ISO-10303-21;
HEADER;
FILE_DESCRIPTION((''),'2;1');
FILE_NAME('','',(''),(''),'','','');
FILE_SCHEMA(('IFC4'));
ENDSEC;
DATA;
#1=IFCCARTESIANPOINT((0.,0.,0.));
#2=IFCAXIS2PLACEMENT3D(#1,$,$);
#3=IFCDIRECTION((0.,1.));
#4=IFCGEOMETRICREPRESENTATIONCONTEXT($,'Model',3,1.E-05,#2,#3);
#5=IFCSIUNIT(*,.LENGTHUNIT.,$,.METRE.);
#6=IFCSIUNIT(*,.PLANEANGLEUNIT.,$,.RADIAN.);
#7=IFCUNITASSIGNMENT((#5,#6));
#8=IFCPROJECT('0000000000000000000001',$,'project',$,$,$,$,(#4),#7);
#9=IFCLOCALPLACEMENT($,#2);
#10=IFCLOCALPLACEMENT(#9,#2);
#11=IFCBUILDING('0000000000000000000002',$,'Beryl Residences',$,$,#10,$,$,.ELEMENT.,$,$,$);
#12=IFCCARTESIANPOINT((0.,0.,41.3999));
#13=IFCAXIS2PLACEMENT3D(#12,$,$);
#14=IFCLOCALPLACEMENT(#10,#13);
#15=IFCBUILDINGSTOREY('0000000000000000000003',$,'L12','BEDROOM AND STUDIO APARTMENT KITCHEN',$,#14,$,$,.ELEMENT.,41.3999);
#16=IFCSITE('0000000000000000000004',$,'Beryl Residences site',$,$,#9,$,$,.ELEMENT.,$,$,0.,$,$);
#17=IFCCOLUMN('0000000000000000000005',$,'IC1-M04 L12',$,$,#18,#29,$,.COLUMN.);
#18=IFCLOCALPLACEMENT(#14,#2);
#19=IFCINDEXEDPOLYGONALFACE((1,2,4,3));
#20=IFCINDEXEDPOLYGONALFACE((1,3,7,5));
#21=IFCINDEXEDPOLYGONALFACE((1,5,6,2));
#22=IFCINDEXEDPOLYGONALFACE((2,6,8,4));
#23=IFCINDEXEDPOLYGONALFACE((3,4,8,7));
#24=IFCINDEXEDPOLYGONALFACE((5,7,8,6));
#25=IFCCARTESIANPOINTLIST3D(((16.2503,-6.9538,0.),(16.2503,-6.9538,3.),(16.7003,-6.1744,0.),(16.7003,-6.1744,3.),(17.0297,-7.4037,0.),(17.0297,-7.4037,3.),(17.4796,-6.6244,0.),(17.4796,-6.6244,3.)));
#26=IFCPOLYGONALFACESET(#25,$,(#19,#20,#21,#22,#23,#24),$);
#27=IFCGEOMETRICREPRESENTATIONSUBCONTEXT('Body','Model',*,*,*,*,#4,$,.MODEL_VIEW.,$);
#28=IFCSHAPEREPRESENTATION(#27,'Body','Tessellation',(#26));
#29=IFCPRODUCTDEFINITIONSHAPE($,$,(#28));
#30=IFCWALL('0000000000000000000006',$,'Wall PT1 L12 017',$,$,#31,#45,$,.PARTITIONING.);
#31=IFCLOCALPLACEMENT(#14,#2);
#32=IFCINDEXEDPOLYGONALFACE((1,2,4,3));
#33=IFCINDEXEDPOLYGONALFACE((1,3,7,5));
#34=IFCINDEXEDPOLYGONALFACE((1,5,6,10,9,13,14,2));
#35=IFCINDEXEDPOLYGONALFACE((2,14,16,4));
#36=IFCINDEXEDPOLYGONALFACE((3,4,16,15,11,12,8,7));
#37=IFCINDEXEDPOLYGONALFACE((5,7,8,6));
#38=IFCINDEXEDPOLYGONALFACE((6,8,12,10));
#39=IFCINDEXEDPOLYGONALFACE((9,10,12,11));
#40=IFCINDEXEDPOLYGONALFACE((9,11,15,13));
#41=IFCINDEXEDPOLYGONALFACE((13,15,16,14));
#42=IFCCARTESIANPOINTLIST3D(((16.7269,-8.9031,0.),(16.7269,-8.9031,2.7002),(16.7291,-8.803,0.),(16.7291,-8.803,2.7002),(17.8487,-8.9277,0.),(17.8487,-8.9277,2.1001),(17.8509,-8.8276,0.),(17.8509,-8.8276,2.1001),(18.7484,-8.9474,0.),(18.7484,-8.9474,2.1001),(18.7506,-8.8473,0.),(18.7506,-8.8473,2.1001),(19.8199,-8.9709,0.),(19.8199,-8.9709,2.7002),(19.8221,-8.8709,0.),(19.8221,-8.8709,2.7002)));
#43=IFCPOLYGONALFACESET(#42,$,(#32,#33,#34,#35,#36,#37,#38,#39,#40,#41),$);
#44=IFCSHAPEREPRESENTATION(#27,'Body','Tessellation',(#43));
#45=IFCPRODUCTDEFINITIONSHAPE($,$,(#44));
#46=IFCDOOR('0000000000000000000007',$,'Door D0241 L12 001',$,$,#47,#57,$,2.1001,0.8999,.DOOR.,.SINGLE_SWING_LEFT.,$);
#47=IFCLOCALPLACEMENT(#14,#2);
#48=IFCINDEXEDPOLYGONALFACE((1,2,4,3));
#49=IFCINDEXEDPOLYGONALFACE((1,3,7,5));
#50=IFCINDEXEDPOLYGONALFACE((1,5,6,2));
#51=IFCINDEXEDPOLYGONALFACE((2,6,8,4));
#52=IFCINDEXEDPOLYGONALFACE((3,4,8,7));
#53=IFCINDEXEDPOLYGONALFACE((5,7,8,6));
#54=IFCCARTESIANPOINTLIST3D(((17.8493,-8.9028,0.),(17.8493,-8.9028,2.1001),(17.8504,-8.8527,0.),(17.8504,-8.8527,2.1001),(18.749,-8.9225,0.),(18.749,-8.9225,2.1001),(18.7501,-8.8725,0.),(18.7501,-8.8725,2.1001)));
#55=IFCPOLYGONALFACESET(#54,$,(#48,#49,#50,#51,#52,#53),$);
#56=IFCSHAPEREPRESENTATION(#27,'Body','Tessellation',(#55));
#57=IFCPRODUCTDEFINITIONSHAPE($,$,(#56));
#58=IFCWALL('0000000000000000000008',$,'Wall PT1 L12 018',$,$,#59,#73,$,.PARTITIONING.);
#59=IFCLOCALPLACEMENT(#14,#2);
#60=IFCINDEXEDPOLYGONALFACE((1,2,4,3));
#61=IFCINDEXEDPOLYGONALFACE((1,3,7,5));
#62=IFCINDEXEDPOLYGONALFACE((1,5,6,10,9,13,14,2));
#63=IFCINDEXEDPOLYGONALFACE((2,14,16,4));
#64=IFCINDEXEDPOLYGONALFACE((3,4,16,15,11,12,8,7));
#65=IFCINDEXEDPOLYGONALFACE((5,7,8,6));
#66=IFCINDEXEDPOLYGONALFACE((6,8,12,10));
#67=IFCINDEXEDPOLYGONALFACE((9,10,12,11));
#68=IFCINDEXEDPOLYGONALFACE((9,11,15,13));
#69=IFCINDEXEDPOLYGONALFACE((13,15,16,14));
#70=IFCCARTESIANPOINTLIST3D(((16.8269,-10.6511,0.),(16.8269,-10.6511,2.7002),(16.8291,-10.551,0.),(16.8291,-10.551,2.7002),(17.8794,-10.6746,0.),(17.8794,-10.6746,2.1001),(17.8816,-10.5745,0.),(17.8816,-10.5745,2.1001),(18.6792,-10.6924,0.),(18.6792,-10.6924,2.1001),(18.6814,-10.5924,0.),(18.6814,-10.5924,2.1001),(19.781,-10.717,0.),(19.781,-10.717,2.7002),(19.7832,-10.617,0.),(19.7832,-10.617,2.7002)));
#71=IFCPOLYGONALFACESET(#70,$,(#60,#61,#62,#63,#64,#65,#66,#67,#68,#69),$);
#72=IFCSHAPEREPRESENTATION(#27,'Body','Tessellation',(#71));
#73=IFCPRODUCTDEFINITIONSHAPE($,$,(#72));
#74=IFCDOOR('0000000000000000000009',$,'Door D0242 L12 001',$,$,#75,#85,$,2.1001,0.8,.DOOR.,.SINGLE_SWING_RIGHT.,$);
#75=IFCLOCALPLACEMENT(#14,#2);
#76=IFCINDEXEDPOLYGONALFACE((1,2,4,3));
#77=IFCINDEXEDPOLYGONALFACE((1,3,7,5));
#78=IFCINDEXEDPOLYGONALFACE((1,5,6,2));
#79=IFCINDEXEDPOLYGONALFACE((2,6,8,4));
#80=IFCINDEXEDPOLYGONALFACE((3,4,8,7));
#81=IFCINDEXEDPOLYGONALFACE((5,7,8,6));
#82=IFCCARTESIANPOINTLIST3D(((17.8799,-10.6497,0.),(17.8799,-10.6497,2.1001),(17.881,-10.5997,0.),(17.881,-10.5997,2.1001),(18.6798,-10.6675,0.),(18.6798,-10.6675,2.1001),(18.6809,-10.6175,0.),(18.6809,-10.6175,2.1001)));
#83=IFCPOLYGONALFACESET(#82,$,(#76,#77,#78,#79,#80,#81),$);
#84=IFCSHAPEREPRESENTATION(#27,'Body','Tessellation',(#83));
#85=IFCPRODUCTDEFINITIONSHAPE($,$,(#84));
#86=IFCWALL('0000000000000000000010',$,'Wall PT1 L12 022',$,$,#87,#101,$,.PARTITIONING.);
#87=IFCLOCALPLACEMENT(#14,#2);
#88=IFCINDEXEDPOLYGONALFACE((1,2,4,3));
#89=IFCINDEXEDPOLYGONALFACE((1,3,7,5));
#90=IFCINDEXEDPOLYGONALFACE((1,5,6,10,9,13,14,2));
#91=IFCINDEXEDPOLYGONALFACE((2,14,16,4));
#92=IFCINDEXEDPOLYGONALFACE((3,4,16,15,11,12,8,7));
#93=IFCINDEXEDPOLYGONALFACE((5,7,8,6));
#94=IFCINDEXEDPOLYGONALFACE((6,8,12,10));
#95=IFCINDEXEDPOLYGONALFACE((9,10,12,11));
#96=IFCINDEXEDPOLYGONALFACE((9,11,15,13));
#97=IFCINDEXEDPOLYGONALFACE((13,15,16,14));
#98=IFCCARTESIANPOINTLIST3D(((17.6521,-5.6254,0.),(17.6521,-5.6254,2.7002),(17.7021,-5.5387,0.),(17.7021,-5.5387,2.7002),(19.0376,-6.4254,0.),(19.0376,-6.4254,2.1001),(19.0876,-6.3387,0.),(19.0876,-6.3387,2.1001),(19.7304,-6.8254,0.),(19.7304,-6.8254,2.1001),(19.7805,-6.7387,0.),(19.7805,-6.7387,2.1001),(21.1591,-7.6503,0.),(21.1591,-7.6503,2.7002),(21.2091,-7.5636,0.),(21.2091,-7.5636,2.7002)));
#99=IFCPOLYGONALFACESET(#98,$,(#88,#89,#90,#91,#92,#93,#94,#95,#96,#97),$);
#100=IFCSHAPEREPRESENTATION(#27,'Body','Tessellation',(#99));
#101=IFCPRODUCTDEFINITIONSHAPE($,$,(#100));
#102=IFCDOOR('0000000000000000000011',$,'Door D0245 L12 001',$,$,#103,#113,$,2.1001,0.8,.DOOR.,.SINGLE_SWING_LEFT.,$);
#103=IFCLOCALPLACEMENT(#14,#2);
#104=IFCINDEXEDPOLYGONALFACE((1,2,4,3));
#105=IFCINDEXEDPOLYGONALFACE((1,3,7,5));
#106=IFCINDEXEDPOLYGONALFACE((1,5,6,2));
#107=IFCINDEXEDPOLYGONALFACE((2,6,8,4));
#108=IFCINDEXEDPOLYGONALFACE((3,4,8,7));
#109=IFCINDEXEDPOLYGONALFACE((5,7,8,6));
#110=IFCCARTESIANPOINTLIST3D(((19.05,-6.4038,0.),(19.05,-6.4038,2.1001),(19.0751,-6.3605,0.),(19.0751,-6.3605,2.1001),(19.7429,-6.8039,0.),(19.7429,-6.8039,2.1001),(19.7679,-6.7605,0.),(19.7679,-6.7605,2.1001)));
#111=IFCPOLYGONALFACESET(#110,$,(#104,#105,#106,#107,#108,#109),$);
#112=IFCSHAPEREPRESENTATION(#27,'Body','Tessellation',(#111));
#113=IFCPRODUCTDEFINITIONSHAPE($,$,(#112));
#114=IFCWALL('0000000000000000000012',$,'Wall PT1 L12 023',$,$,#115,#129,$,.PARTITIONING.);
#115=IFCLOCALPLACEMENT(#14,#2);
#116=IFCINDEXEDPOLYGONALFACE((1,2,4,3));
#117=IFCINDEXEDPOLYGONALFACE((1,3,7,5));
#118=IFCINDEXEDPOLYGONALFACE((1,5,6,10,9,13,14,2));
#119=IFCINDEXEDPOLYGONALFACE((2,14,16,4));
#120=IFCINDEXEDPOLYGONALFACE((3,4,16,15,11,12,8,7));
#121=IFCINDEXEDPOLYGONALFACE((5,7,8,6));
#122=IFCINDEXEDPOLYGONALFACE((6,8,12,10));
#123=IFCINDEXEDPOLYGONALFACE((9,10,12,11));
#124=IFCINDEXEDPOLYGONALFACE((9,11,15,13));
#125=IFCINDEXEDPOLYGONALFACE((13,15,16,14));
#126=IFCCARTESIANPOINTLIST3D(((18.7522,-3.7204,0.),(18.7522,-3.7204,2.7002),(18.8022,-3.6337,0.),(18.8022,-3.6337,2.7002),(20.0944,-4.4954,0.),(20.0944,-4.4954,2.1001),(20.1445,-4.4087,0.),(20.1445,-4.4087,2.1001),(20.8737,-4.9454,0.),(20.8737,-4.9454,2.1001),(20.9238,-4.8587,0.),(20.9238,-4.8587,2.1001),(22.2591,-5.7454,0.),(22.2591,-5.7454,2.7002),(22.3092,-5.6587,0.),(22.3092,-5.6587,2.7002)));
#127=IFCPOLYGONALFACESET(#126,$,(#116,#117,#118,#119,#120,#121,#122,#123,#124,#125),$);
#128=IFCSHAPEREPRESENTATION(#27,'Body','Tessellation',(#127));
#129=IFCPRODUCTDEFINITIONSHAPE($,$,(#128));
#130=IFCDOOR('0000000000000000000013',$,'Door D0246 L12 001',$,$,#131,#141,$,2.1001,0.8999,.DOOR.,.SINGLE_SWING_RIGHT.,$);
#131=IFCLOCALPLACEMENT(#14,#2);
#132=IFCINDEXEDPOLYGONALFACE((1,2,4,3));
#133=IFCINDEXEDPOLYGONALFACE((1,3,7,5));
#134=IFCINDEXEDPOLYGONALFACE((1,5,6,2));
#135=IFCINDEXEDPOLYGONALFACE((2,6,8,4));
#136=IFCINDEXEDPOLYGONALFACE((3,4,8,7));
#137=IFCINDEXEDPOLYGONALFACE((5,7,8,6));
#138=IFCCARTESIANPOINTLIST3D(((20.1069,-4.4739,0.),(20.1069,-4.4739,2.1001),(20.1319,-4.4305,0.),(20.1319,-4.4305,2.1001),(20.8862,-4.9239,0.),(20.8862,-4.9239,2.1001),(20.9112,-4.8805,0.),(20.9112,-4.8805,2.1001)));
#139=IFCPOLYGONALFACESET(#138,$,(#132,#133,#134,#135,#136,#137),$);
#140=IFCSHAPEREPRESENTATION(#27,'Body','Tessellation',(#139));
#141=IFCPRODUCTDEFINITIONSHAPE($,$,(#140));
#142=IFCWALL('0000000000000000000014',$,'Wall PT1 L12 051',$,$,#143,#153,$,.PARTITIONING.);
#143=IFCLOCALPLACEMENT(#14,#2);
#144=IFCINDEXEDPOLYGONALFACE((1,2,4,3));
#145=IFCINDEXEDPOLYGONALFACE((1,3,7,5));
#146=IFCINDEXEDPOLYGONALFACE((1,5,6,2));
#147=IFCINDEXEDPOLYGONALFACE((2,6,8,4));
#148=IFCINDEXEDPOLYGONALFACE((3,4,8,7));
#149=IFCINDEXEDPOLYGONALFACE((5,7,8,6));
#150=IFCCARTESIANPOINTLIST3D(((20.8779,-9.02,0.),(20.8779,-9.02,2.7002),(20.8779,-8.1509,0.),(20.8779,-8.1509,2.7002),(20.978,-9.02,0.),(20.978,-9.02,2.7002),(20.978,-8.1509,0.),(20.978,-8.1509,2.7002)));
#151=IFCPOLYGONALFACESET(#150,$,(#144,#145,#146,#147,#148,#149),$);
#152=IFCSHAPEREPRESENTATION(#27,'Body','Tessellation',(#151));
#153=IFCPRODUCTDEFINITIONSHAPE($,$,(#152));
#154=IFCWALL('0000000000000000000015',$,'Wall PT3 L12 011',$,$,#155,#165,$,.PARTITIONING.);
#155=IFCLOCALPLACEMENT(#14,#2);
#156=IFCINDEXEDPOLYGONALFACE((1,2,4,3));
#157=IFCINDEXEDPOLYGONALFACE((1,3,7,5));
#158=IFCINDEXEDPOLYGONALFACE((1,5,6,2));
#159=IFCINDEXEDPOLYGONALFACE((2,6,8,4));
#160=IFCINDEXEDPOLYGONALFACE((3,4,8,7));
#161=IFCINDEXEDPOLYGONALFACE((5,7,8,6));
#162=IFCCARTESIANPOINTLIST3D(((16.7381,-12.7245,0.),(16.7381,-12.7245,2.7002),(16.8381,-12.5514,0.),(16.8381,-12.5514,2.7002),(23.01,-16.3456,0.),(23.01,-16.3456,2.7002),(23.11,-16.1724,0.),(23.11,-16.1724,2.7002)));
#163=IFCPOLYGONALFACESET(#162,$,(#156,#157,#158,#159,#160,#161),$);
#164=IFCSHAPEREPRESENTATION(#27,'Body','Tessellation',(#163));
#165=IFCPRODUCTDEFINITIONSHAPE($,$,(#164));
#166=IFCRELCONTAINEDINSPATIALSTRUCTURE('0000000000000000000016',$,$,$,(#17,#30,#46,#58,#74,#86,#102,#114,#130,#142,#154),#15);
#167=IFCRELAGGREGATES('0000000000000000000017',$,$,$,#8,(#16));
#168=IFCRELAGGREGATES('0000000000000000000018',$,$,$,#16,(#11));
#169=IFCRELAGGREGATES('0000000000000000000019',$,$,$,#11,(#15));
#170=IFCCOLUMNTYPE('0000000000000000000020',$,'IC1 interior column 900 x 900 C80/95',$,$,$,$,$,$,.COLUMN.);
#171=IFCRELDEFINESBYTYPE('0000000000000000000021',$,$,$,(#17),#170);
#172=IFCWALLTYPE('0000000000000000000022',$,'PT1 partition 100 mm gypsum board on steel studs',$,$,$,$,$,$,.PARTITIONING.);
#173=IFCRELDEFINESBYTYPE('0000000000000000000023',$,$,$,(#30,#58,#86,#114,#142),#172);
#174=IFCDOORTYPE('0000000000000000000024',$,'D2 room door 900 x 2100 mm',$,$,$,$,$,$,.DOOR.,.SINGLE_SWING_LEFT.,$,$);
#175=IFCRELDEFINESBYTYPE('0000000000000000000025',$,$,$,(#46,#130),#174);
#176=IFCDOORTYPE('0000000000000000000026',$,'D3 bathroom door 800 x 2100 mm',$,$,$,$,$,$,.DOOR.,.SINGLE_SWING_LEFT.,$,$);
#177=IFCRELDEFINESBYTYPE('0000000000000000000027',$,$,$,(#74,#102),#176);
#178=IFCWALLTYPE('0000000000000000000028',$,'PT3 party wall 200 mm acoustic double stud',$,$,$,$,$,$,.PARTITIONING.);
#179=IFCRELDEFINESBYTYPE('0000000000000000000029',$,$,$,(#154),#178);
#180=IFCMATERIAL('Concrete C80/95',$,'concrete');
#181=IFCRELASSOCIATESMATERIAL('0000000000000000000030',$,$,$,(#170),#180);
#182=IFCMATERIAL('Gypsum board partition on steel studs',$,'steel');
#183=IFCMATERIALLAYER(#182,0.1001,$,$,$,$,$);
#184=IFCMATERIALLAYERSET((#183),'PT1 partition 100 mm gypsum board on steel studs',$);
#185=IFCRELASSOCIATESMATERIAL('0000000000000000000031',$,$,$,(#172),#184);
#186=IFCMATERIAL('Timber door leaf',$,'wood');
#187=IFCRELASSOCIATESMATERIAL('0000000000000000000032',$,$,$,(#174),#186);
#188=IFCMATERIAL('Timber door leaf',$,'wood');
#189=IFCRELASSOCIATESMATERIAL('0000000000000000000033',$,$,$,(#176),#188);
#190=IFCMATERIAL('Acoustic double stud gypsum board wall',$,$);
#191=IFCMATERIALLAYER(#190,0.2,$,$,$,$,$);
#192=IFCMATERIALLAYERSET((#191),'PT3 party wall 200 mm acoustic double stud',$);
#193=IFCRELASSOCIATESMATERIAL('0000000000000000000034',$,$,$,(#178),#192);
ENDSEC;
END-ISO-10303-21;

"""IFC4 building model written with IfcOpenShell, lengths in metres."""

from ifc_helpers import new_model, si_unit, direction, frame, frame_2d, origin, origin_2d, place, context, subcontext, project, spatial, rectangle, extrude, material, layer, layer_set, material_profile, profile_set, type_object, element, fill, save


model = new_model("IFC4")

# Units and contexts
model_context = context("Model", 3, precision=1e-05, world=origin(), true_north=direction((0.0, 1.0)))
body_context = subcontext(model_context, "Body", "Model", "MODEL_VIEW")
ifc_project = project(units=[si_unit("LENGTHUNIT", "METRE"), si_unit("PLANEANGLEUNIT", "RADIAN")], contexts=[model_context])

# Site, building, storey
site_placement = place(None, origin())
site = spatial("IfcSite", under=ifc_project, at=site_placement, Name="Beryl Residences site", CompositionType="ELEMENT", RefElevation=0.0)
building_placement = place(site_placement, origin())
building = spatial("IfcBuilding", under=site, at=building_placement, Name="Beryl Residences", CompositionType="ELEMENT")
storey_placement = place(building_placement, frame((0.0, 0.0, 41.3999)))
storey = spatial("IfcBuildingStorey", under=building, at=storey_placement, Name="L12", Description="BEDROOM AND STUDIO APARTMENT KITCHEN", CompositionType="ELEMENT", Elevation=41.3999)

# Column
ifc_material_1 = material(Name="Concrete C80/95", Category="concrete")
ifc_material_profile = material_profile(ifc_material_1, rectangle(XDim=0.8999, YDim=0.8999, at=origin_2d()))
ifc_profile_set = profile_set([ifc_material_profile], Name="Concrete C80/95")
column_type = type_object("IfcColumnType", Name="IC1 interior column 900 x 900 C80/95", PredefinedType="COLUMN", material=ifc_profile_set)
column_placement = place(storey_placement, frame((16.865, -6.7891, 0.0), z_axis=(0.0, 0.0, 1.0), x_axis=(0.499985, 0.866034, 0.0)))
element("IfcColumn", 1, at=column_placement, inside=storey, type_object=column_type, Name="IC1-M04 L12", PredefinedType="COLUMN", context=body_context, shape_type="SweptSolid", body=[
    extrude(rectangle(XDim=0.8999, YDim=0.8999, at=origin_2d()), origin(), (0.0, 0.0, 1.0), 3.0),
])

# Walls, openings, doors
ifc_material_2 = material(Name="Gypsum board partition on steel studs", Category="steel")
ifc_layer_1 = layer(ifc_material_2, 0.1001)
ifc_layer_set_1 = layer_set([ifc_layer_1], Name="PT1 partition 100 mm gypsum board on steel studs")
wall_type_1 = type_object("IfcWallType", Name="PT1 partition 100 mm gypsum board on steel studs", PredefinedType="PARTITIONING", material=ifc_layer_set_1)
wall_1_placement = place(storey_placement, frame((16.728, -8.853, 0.0), z_axis=(0.0, 0.0, 1.0), x_axis=(0.999759, -0.021938, 0.0)))
wall_1 = element("IfcWall", 2, at=wall_1_placement, inside=storey, type_object=wall_type_1, Name="Wall PT1 L12 017", PredefinedType="PARTITIONING", context=body_context, shape_type="SweptSolid", body=[
    extrude(rectangle(XDim=3.0938, YDim=0.1001, at=frame_2d((1.5469, 0.0))), origin(), (0.0, 0.0, 1.0), 2.7002),
])
opening_1_placement = place(wall_1_placement, frame((1.1221, 0.0, 0.0)))
opening_1 = element("IfcOpeningElement", 3, at=opening_1_placement, cuts=wall_1, PredefinedType="OPENING", context=body_context, shape_type="SweptSolid", body=[
    extrude(rectangle(XDim=0.8999, YDim=2.1001, at=frame_2d((0.45, 1.05))), frame((0.0, 0.0601, 0.0), z_axis=(0.0, -1.0, 0.0), x_axis=(1.0, 0.0, 0.0)), (0.0, 0.0, 1.0), 0.1201),
])
ifc_material_3 = material(Name="Timber door leaf", Category="wood")
door_type_1 = type_object("IfcDoorType", Name="D2 room door 900 x 2100 mm", OperationType="SINGLE_SWING_LEFT", PredefinedType="DOOR", material=ifc_material_3)
door_1_placement = place(opening_1_placement, origin())
door_1 = element("IfcDoor", 4, at=door_1_placement, inside=storey, type_object=door_type_1, Name="Door D0241 L12 001", OperationType="SINGLE_SWING_LEFT", OverallHeight=2.1001, OverallWidth=0.8999, PredefinedType="DOOR", context=body_context, shape_type="SweptSolid", body=[
    extrude(rectangle(XDim=0.8999, YDim=2.1001, at=frame_2d((0.45, 1.05))), frame((0.0, 0.0249, 0.0), z_axis=(0.0, -1.0, 0.0), x_axis=(1.0, 0.0, 0.0)), (0.0, 0.0, 1.0), 0.05),
])
fill(opening_1, door_1)
wall_2_placement = place(storey_placement, frame((16.8279, -10.6011, 0.0), z_axis=(0.0, 0.0, 1.0), x_axis=(0.999751, -0.022308, 0.0)))
wall_2 = element("IfcWall", 5, at=wall_2_placement, inside=storey, type_object=wall_type_1, Name="Wall PT1 L12 018", PredefinedType="PARTITIONING", context=body_context, shape_type="SweptSolid", body=[
    extrude(rectangle(XDim=2.9548, YDim=0.1001, at=frame_2d((1.4775, 0.0))), origin(), (0.0, 0.0, 1.0), 2.7002),
])
opening_2_placement = place(wall_2_placement, frame((1.053, 0.0, 0.0)))
opening_2 = element("IfcOpeningElement", 6, at=opening_2_placement, cuts=wall_2, PredefinedType="OPENING", context=body_context, shape_type="SweptSolid", body=[
    extrude(rectangle(XDim=0.8, YDim=2.1001, at=frame_2d((0.3999, 1.05))), frame((0.0, 0.0601, 0.0), z_axis=(0.0, -1.0, 0.0), x_axis=(1.0, 0.0, 0.0)), (0.0, 0.0, 1.0), 0.1201),
])
ifc_material_4 = material(Name="Timber door leaf", Category="wood")
door_type_2 = type_object("IfcDoorType", Name="D3 bathroom door 800 x 2100 mm", OperationType="SINGLE_SWING_LEFT", PredefinedType="DOOR", material=ifc_material_4)
door_2_placement = place(opening_2_placement, origin())
door_2 = element("IfcDoor", 7, at=door_2_placement, inside=storey, type_object=door_type_2, Name="Door D0242 L12 001", OperationType="SINGLE_SWING_RIGHT", OverallHeight=2.1001, OverallWidth=0.8, PredefinedType="DOOR", context=body_context, shape_type="SweptSolid", body=[
    extrude(rectangle(XDim=0.8, YDim=2.1001, at=frame_2d((0.3999, 1.05))), frame((0.0, 0.0249, 0.0), z_axis=(0.0, -1.0, 0.0), x_axis=(1.0, 0.0, 0.0)), (0.0, 0.0, 1.0), 0.05),
])
fill(opening_2, door_2)
wall_3_placement = place(storey_placement, frame((17.677, -5.582, 0.0), z_axis=(0.0, 0.0, 1.0), x_axis=(0.866016, -0.500016, 0.0)))
wall_3 = element("IfcWall", 8, at=wall_3_placement, inside=storey, type_object=wall_type_1, Name="Wall PT1 L12 022", PredefinedType="PARTITIONING", context=body_context, shape_type="SweptSolid", body=[
    extrude(rectangle(XDim=4.0496, YDim=0.1001, at=frame_2d((2.0249, 0.0))), origin(), (0.0, 0.0, 1.0), 2.7002),
])
opening_3_placement = place(wall_3_placement, frame((1.6001, 0.0, 0.0)))
opening_3 = element("IfcOpeningElement", 9, at=opening_3_placement, cuts=wall_3, PredefinedType="OPENING", context=body_context, shape_type="SweptSolid", body=[
    extrude(rectangle(XDim=0.8, YDim=2.1001, at=frame_2d((0.3999, 1.05))), frame((0.0, 0.0601, 0.0), z_axis=(0.0, -1.0, 0.0), x_axis=(1.0, 0.0, 0.0)), (0.0, 0.0, 1.0), 0.1201),
])
door_3_placement = place(opening_3_placement, origin())
door_3 = element("IfcDoor", 10, at=door_3_placement, inside=storey, type_object=door_type_2, Name="Door D0245 L12 001", OperationType="SINGLE_SWING_LEFT", OverallHeight=2.1001, OverallWidth=0.8, PredefinedType="DOOR", context=body_context, shape_type="SweptSolid", body=[
    extrude(rectangle(XDim=0.8, YDim=2.1001, at=frame_2d((0.3999, 1.05))), frame((0.0, 0.0249, 0.0), z_axis=(0.0, -1.0, 0.0), x_axis=(1.0, 0.0, 0.0)), (0.0, 0.0, 1.0), 0.05),
])
fill(opening_3, door_3)
wall_4_placement = place(storey_placement, frame((18.7771, -3.677, 0.0), z_axis=(0.0, 0.0, 1.0), x_axis=(0.866001, -0.500043, 0.0)))
wall_4 = element("IfcWall", 11, at=wall_4_placement, inside=storey, type_object=wall_type_1, Name="Wall PT1 L12 023", PredefinedType="PARTITIONING", context=body_context, shape_type="SweptSolid", body=[
    extrude(rectangle(XDim=4.0496, YDim=0.1001, at=frame_2d((2.0249, 0.0))), origin(), (0.0, 0.0, 1.0), 2.7002),
])
opening_4_placement = place(wall_4_placement, frame((1.55, 0.0, 0.0)))
opening_4 = element("IfcOpeningElement", 12, at=opening_4_placement, cuts=wall_4, PredefinedType="OPENING", context=body_context, shape_type="SweptSolid", body=[
    extrude(rectangle(XDim=0.8999, YDim=2.1001, at=frame_2d((0.45, 1.05))), frame((0.0, 0.0601, 0.0), z_axis=(0.0, -1.0, 0.0), x_axis=(1.0, 0.0, 0.0)), (0.0, 0.0, 1.0), 0.1201),
])
door_4_placement = place(opening_4_placement, origin())
door_4 = element("IfcDoor", 13, at=door_4_placement, inside=storey, type_object=door_type_1, Name="Door D0246 L12 001", OperationType="SINGLE_SWING_RIGHT", OverallHeight=2.1001, OverallWidth=0.8999, PredefinedType="DOOR", context=body_context, shape_type="SweptSolid", body=[
    extrude(rectangle(XDim=0.8999, YDim=2.1001, at=frame_2d((0.45, 1.05))), frame((0.0, 0.0249, 0.0), z_axis=(0.0, -1.0, 0.0), x_axis=(1.0, 0.0, 0.0)), (0.0, 0.0, 1.0), 0.05),
])
fill(opening_4, door_4)

# Walls
wall_5_placement = place(storey_placement, frame((20.928, -9.02, 0.0), z_axis=(0.0, 0.0, 1.0), x_axis=(0.0, 1.0, 0.0)))
element("IfcWall", 14, at=wall_5_placement, inside=storey, type_object=wall_type_1, Name="Wall PT1 L12 051", PredefinedType="PARTITIONING", context=body_context, shape_type="SweptSolid", body=[
    extrude(rectangle(XDim=0.8691, YDim=0.1001, at=frame_2d((0.4346, 0.0))), origin(), (0.0, 0.0, 1.0), 2.7002),
])
ifc_material_5 = material(Name="Acoustic double stud gypsum board wall")
ifc_layer_2 = layer(ifc_material_5, 0.2)
ifc_layer_set_2 = layer_set([ifc_layer_2], Name="PT3 party wall 200 mm acoustic double stud")
wall_type_2 = type_object("IfcWallType", Name="PT3 party wall 200 mm acoustic double stud", PredefinedType="PARTITIONING", material=ifc_layer_set_2)
wall_6_placement = place(storey_placement, frame((16.7881, -12.6379, 0.0), z_axis=(0.0, 0.0, 1.0), x_axis=(0.866027, -0.499997, 0.0)))
element("IfcWall", 15, at=wall_6_placement, inside=storey, type_object=wall_type_2, Name="Wall PT3 L12 011", PredefinedType="PARTITIONING", context=body_context, shape_type="SweptSolid", body=[
    extrude(rectangle(XDim=7.2422, YDim=0.2, at=frame_2d((3.6211, 0.0))), origin(), (0.0, 0.0, 1.0), 2.7002),
])

save(model, "model.ifc")
